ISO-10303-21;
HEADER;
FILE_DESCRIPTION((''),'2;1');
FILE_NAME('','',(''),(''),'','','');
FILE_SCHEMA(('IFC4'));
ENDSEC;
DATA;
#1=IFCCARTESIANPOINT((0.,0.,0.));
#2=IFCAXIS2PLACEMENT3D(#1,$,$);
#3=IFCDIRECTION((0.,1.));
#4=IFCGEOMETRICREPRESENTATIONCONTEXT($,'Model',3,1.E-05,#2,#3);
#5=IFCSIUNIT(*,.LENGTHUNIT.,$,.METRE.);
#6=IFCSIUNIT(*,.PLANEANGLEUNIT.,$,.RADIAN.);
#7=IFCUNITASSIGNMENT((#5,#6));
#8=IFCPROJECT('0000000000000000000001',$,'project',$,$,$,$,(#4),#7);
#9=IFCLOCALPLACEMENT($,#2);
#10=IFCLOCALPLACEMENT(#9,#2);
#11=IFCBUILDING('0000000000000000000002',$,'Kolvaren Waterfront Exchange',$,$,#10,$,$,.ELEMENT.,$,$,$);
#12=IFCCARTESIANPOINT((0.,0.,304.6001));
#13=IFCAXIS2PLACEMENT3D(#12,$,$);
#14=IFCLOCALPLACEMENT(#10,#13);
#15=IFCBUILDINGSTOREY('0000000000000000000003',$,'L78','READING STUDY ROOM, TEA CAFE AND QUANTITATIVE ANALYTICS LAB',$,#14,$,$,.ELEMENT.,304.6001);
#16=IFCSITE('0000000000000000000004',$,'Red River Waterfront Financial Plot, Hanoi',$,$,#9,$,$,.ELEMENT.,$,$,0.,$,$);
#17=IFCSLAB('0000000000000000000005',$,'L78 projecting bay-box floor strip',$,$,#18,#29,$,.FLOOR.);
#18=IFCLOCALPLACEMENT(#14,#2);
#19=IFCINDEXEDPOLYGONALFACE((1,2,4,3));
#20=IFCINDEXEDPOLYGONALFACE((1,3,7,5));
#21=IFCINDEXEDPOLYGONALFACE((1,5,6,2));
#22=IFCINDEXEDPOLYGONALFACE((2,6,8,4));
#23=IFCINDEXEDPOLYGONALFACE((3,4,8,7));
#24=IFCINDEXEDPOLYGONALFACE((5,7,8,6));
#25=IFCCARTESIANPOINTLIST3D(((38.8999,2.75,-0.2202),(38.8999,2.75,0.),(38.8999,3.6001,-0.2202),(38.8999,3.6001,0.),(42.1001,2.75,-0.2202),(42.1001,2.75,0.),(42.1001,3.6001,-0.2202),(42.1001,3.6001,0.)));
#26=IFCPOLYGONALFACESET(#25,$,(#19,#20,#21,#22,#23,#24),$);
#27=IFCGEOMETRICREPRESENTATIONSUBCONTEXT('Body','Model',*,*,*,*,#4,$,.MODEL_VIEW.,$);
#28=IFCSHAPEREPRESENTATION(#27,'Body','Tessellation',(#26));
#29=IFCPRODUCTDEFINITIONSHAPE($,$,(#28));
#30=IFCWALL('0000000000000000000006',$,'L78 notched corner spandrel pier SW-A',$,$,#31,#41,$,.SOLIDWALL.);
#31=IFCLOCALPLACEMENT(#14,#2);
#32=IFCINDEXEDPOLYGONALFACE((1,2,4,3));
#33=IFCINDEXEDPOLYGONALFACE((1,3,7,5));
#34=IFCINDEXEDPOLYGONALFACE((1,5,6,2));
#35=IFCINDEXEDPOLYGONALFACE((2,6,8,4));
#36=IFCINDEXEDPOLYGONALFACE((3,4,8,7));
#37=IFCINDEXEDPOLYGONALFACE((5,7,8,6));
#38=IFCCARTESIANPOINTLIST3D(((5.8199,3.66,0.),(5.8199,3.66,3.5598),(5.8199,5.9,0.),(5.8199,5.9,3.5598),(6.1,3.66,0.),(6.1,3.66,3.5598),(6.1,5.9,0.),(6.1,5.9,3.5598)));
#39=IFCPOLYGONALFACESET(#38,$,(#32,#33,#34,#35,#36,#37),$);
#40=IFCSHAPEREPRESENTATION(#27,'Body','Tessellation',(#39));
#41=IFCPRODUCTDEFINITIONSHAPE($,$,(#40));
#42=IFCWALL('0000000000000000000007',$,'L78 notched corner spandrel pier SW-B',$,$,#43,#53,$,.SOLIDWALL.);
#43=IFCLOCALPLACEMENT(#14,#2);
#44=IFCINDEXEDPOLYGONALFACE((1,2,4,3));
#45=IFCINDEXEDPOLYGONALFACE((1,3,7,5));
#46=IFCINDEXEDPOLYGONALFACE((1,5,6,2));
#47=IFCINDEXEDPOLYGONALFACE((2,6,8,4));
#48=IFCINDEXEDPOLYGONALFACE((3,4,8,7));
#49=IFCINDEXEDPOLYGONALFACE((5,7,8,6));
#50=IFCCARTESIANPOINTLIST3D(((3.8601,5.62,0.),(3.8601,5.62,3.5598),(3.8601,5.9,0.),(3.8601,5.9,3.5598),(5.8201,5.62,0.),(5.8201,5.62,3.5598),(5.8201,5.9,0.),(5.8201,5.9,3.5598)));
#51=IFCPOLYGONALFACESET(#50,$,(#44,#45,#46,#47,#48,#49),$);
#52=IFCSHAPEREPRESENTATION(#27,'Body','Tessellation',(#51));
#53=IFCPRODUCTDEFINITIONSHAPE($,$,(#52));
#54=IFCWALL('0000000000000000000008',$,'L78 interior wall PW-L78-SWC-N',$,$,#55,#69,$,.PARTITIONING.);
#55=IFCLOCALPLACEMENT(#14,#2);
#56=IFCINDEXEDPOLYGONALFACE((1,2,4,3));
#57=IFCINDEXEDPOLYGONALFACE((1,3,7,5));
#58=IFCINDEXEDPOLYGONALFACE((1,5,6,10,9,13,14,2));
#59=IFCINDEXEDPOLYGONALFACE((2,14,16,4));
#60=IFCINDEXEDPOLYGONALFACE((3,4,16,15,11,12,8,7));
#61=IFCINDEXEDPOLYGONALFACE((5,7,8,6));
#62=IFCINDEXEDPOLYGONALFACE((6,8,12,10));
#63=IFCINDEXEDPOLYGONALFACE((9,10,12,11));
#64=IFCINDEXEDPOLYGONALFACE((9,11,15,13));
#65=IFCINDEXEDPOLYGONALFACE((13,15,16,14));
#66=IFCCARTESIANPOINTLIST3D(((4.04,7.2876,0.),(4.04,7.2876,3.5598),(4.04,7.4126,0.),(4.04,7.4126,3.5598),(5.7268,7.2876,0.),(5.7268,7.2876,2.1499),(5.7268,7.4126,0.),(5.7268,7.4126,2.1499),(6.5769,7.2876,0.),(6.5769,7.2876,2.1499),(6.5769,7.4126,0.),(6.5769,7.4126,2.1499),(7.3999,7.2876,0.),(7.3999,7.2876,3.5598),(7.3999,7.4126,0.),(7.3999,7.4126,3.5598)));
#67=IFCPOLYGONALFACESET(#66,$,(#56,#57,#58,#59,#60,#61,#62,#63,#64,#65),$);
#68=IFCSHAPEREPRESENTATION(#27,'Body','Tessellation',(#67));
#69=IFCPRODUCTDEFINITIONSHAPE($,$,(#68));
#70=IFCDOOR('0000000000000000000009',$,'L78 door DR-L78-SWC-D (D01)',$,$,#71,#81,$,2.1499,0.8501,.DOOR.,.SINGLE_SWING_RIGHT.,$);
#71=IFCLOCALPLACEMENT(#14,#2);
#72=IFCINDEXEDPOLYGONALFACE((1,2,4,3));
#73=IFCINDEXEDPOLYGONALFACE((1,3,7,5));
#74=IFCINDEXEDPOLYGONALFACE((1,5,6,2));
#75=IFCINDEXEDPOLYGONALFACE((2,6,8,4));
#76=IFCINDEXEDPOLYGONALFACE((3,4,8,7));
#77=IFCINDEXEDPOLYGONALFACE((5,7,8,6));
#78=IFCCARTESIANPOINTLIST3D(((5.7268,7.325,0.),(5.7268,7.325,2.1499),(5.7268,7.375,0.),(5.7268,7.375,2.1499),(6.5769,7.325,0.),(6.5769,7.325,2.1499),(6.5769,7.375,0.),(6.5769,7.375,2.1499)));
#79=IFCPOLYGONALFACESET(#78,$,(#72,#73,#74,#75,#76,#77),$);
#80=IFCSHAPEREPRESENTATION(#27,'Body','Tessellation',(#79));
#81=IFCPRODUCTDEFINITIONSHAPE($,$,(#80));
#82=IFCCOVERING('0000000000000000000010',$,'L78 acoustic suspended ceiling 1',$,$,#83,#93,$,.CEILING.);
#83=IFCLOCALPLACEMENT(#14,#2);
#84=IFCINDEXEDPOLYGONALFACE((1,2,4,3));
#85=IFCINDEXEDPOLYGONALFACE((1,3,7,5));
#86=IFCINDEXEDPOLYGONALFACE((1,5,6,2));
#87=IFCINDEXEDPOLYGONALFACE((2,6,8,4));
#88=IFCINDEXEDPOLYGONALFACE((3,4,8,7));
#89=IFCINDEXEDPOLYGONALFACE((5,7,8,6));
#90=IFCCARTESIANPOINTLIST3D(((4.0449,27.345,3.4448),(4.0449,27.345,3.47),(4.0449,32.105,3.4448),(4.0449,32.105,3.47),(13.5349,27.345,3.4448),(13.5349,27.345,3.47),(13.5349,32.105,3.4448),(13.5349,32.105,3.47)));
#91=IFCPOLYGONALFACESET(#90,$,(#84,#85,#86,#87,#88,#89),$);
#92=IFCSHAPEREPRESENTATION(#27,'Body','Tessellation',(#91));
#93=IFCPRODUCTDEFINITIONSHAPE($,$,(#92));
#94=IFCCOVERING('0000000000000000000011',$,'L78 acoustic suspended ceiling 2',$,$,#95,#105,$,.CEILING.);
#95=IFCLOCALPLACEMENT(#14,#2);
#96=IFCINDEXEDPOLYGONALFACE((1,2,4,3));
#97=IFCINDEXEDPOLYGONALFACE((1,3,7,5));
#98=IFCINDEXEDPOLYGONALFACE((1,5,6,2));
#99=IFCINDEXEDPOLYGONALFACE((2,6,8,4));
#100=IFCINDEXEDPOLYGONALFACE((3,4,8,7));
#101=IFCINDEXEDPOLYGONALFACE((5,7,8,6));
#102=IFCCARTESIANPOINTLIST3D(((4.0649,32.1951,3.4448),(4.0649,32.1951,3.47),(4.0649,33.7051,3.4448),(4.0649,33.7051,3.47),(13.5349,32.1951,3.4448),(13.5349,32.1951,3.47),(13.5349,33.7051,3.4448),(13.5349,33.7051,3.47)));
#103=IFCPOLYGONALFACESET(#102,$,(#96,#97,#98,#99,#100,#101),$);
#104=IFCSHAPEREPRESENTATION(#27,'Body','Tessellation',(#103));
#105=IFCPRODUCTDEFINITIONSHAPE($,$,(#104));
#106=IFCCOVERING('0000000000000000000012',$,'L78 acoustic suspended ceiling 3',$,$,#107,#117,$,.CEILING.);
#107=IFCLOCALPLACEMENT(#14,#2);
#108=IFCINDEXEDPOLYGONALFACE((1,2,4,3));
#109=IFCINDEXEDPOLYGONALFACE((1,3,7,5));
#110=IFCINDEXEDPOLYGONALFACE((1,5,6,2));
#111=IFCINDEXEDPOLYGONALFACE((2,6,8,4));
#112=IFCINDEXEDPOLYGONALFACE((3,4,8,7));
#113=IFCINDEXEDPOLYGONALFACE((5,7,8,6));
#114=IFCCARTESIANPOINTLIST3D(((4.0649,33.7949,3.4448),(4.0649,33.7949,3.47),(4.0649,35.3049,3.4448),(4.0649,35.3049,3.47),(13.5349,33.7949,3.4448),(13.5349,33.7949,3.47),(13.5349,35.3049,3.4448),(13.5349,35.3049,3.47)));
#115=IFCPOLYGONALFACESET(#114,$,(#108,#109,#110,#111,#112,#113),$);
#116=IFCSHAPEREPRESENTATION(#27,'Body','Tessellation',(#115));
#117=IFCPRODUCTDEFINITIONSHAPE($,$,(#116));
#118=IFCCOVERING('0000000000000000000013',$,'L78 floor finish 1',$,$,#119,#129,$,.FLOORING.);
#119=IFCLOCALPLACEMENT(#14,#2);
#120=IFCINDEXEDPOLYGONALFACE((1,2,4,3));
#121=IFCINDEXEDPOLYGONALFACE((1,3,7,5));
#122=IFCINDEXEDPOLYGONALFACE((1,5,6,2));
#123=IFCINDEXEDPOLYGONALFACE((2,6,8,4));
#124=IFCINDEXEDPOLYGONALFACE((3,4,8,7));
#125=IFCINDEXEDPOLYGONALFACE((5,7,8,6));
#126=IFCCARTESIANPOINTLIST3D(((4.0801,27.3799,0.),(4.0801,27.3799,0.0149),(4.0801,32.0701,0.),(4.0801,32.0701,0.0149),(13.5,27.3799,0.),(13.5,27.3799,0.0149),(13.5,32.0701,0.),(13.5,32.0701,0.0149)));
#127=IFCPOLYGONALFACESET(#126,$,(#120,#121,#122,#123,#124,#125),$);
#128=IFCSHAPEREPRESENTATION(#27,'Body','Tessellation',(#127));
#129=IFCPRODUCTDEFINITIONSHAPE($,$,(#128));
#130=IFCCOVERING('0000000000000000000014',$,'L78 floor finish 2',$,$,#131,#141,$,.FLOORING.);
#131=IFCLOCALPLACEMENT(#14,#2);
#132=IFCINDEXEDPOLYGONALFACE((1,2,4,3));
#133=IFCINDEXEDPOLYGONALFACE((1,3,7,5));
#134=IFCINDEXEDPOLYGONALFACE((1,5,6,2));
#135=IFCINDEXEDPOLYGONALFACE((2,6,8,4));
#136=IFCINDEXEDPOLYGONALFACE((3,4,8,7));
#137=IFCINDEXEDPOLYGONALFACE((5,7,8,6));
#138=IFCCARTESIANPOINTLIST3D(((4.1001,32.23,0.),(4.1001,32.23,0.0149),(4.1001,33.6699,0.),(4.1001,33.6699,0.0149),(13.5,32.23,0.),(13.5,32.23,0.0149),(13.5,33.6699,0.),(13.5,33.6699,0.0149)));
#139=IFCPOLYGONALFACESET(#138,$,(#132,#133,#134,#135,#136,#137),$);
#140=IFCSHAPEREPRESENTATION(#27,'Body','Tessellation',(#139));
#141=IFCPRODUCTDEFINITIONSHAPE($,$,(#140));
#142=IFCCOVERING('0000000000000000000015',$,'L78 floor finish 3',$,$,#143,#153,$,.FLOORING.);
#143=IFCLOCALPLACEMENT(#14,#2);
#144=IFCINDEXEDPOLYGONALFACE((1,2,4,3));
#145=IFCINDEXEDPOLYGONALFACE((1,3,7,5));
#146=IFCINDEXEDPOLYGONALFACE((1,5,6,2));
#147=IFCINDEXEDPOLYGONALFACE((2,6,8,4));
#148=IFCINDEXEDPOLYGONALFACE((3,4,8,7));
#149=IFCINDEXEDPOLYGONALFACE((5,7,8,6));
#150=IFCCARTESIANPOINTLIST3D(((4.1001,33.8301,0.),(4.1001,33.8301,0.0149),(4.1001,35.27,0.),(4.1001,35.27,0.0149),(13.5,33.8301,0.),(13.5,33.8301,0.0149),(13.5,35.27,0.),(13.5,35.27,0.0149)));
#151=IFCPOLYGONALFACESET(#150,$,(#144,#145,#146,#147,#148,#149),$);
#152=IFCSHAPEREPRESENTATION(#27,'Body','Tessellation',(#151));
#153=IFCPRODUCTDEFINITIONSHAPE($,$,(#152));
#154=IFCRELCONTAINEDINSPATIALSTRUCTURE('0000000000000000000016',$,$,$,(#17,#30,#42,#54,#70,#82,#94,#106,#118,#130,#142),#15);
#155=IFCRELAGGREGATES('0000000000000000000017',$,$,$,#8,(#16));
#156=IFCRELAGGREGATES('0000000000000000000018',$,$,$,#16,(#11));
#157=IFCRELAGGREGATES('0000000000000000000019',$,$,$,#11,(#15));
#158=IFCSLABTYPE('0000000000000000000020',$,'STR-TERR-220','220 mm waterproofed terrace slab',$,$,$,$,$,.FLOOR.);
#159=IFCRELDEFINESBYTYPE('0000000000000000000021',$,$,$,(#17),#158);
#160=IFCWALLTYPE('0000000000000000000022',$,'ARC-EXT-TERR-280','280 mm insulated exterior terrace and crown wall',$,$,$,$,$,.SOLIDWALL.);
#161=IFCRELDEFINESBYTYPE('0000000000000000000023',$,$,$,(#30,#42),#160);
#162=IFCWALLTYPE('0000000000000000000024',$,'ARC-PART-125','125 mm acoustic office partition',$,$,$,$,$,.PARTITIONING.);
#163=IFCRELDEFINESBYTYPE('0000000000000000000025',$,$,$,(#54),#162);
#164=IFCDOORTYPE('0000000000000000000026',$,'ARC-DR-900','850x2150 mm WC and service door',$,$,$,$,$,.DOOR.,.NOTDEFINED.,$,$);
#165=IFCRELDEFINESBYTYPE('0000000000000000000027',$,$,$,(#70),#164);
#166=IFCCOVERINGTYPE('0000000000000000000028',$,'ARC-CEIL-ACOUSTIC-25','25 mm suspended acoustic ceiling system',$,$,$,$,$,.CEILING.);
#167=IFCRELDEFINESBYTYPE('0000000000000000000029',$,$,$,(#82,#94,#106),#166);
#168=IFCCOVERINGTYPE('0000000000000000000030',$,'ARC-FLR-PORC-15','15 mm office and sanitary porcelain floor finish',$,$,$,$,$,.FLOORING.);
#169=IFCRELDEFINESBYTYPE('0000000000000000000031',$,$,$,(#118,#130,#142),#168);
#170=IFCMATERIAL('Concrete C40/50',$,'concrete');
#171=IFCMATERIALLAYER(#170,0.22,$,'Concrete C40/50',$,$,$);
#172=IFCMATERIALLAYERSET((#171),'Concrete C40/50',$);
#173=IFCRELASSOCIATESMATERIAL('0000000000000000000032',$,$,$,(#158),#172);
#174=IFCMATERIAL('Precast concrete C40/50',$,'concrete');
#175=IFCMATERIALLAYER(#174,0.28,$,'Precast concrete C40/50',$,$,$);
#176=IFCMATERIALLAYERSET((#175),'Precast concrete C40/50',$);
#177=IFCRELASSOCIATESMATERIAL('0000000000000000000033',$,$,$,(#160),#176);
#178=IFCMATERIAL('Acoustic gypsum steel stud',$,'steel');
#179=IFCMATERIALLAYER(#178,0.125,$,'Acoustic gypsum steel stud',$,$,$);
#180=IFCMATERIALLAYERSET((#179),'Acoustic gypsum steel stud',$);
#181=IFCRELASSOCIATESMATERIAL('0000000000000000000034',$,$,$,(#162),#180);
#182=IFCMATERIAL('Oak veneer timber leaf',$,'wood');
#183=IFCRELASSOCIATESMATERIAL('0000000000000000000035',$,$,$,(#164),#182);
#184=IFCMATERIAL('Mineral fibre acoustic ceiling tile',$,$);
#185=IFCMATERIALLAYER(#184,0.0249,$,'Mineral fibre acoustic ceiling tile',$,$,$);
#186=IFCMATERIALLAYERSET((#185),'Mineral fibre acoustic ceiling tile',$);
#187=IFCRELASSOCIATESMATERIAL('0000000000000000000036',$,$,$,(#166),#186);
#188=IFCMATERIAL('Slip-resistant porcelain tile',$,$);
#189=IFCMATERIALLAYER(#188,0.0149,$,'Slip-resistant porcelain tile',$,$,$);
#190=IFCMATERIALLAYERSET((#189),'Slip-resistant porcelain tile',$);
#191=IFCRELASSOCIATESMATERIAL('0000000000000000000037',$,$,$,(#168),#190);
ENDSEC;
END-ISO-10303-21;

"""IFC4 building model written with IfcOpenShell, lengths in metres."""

from ifc_helpers import new_model, si_unit, direction, frame, frame_2d, origin, place, context, subcontext, project, spatial, polyline, rectangle, outline, extrude, material, layer, layer_set, type_object, element, fill, save


model = new_model("IFC4")

# Units and contexts
model_context = context("Model", 3, precision=1e-05, world=origin(), true_north=direction((0.0, 1.0)))
body_context = subcontext(model_context, "Body", "Model", "MODEL_VIEW")
ifc_project = project(units=[si_unit("LENGTHUNIT", "METRE"), si_unit("PLANEANGLEUNIT", "RADIAN")], contexts=[model_context])

# Site, building, storey
site_placement = place(None, origin())
site = spatial("IfcSite", under=ifc_project, at=site_placement, Name="Red River Waterfront Financial Plot, Hanoi", CompositionType="ELEMENT", RefElevation=0.0)
building_placement = place(site_placement, origin())
building = spatial("IfcBuilding", under=site, at=building_placement, Name="Kolvaren Waterfront Exchange", CompositionType="ELEMENT")
storey_placement = place(building_placement, frame((0.0, 0.0, 304.6001)))
storey = spatial("IfcBuildingStorey", under=building, at=storey_placement, Name="L78", Description="READING STUDY ROOM, TEA CAFE AND QUANTITATIVE ANALYTICS LAB", CompositionType="ELEMENT", Elevation=304.6001)

# Shared definitions
ifc_material_1 = material(Name="Concrete C40/50", Category="concrete")

# Slab
ifc_layer_1 = layer(ifc_material_1, 0.22, Name="Concrete C40/50")
ifc_layer_set_1 = layer_set([ifc_layer_1], Name="Concrete C40/50")
slab_type_1 = type_object("IfcSlabType", Name="STR-TERR-220", Description="220 mm waterproofed terrace slab", PredefinedType="FLOOR", material=ifc_layer_set_1)
slab_1_placement = place(storey_placement, frame((0.0, 0.0, -0.2202)))
element("IfcSlab", 1, at=slab_1_placement, inside=storey, type_object=slab_type_1, Name="L78 projecting bay-box floor strip", PredefinedType="FLOOR", context=body_context, shape_type="SweptSolid", body=[
    extrude(outline(polyline([(38.8999, 2.75), (42.1001, 2.75), (42.1001, 3.6001), (38.8999, 3.6001), (38.8999, 2.75)])), origin(), (0.0, 0.0, 1.0), 0.2202),
])

# Walls
ifc_material_2 = material(Name="Precast concrete C40/50", Category="concrete")
ifc_layer_2 = layer(ifc_material_2, 0.28, Name="Precast concrete C40/50")
ifc_layer_set_2 = layer_set([ifc_layer_2], Name="Precast concrete C40/50")
wall_type_1 = type_object("IfcWallType", Name="ARC-EXT-TERR-280", Description="280 mm insulated exterior terrace and crown wall", PredefinedType="SOLIDWALL", material=ifc_layer_set_2)
wall_1_placement = place(storey_placement, frame((5.96, 3.6599, 0.0), z_axis=(0.0, 0.0, 1.0), x_axis=(0.0, 1.0, 0.0)))
element("IfcWall", 2, at=wall_1_placement, inside=storey, type_object=wall_type_1, Name="L78 notched corner spandrel pier SW-A", PredefinedType="SOLIDWALL", context=body_context, shape_type="SweptSolid", body=[
    extrude(rectangle(XDim=2.24, YDim=0.28, at=frame_2d((1.1201, 0.0))), origin(), (0.0, 0.0, 1.0), 3.5598),
])
wall_2_placement = place(storey_placement, frame((3.8601, 5.76, 0.0), z_axis=(0.0, 0.0, 1.0), x_axis=(1.0, 0.0, 0.0)))
element("IfcWall", 3, at=wall_2_placement, inside=storey, type_object=wall_type_1, Name="L78 notched corner spandrel pier SW-B", PredefinedType="SOLIDWALL", context=body_context, shape_type="SweptSolid", body=[
    extrude(rectangle(XDim=1.96, YDim=0.28, at=frame_2d((0.98, 0.0))), origin(), (0.0, 0.0, 1.0), 3.5598),
])

# Wall, opening, door
ifc_material_3 = material(Name="Acoustic gypsum steel stud", Category="steel")
ifc_layer_3 = layer(ifc_material_3, 0.125, Name="Acoustic gypsum steel stud")
ifc_layer_set_3 = layer_set([ifc_layer_3], Name="Acoustic gypsum steel stud")
wall_type_2 = type_object("IfcWallType", Name="ARC-PART-125", Description="125 mm acoustic office partition", PredefinedType="PARTITIONING", material=ifc_layer_set_3)
wall_3_placement = place(storey_placement, frame((4.04, 7.3501, 0.0), z_axis=(0.0, 0.0, 1.0), x_axis=(1.0, 0.0, 0.0)))
wall_3 = element("IfcWall", 4, at=wall_3_placement, inside=storey, type_object=wall_type_2, Name="L78 interior wall PW-L78-SWC-N", PredefinedType="PARTITIONING", context=body_context, shape_type="SweptSolid", body=[
    extrude(rectangle(XDim=3.3599, YDim=0.125, at=frame_2d((1.6799, 0.0))), origin(), (0.0, 0.0, 1.0), 3.5598),
])
opening_placement = place(wall_3_placement, frame((1.6868, 0.0, 0.0)))
opening = element("IfcOpeningElement", 5, at=opening_placement, cuts=wall_3, PredefinedType="OPENING", context=body_context, shape_type="SweptSolid", body=[
    extrude(rectangle(XDim=0.8501, YDim=2.1499, at=frame_2d((0.425, 1.075))), frame((0.0, 0.0725, 0.0), z_axis=(0.0, -1.0, 0.0), x_axis=(1.0, 0.0, 0.0)), (0.0, 0.0, 1.0), 0.145),
])
ifc_material_4 = material(Name="Oak veneer timber leaf", Category="wood")
door_type = type_object("IfcDoorType", Name="ARC-DR-900", Description="850x2150 mm WC and service door", OperationType="NOTDEFINED", PredefinedType="DOOR", material=ifc_material_4)
door_placement = place(opening_placement, origin())
door = element("IfcDoor", 6, at=door_placement, inside=storey, type_object=door_type, Name="L78 door DR-L78-SWC-D (D01)", OperationType="SINGLE_SWING_RIGHT", OverallHeight=2.1499, OverallWidth=0.8501, PredefinedType="DOOR", context=body_context, shape_type="SweptSolid", body=[
    extrude(rectangle(XDim=0.8501, YDim=2.1499, at=frame_2d((0.425, 1.075))), frame((0.0, 0.0249, 0.0), z_axis=(0.0, -1.0, 0.0), x_axis=(1.0, 0.0, 0.0)), (0.0, 0.0, 1.0), 0.05),
])
fill(opening, door)

# Coverings
ifc_material_5 = material(Name="Mineral fibre acoustic ceiling tile")
ifc_layer_4 = layer(ifc_material_5, 0.0249, Name="Mineral fibre acoustic ceiling tile")
ifc_layer_set_4 = layer_set([ifc_layer_4], Name="Mineral fibre acoustic ceiling tile")
covering_type_1 = type_object("IfcCoveringType", Name="ARC-CEIL-ACOUSTIC-25", Description="25 mm suspended acoustic ceiling system", PredefinedType="CEILING", material=ifc_layer_set_4)
covering_1_placement = place(storey_placement, frame((0.0, 0.0, 3.4448)))
element("IfcCovering", 7, at=covering_1_placement, inside=storey, type_object=covering_type_1, Name="L78 acoustic suspended ceiling 1", PredefinedType="CEILING", context=body_context, shape_type="SweptSolid", body=[
    extrude(outline(polyline([(13.5349, 27.345), (13.5349, 32.105), (4.0449, 32.105), (4.0449, 27.345), (13.5349, 27.345)])), origin(), (0.0, 0.0, 1.0), 0.0251),
])
covering_2_placement = place(storey_placement, frame((0.0, 0.0, 3.4448)))
element("IfcCovering", 8, at=covering_2_placement, inside=storey, type_object=covering_type_1, Name="L78 acoustic suspended ceiling 2", PredefinedType="CEILING", context=body_context, shape_type="SweptSolid", body=[
    extrude(outline(polyline([(13.5349, 32.1951), (13.5349, 33.7051), (4.0649, 33.7051), (4.0649, 32.1951), (13.5349, 32.1951)])), origin(), (0.0, 0.0, 1.0), 0.0251),
])
covering_3_placement = place(storey_placement, frame((0.0, 0.0, 3.4448)))
element("IfcCovering", 9, at=covering_3_placement, inside=storey, type_object=covering_type_1, Name="L78 acoustic suspended ceiling 3", PredefinedType="CEILING", context=body_context, shape_type="SweptSolid", body=[
    extrude(outline(polyline([(13.5349, 33.7949), (13.5349, 35.3049), (4.0649, 35.3049), (4.0649, 33.7949), (13.5349, 33.7949)])), origin(), (0.0, 0.0, 1.0), 0.0251),
])
ifc_material_6 = material(Name="Slip-resistant porcelain tile")
ifc_layer_5 = layer(ifc_material_6, 0.0149, Name="Slip-resistant porcelain tile")
ifc_layer_set_5 = layer_set([ifc_layer_5], Name="Slip-resistant porcelain tile")
covering_type_2 = type_object("IfcCoveringType", Name="ARC-FLR-PORC-15", Description="15 mm office and sanitary porcelain floor finish", PredefinedType="FLOORING", material=ifc_layer_set_5)
covering_4_placement = place(storey_placement, origin())
element("IfcCovering", 10, at=covering_4_placement, inside=storey, type_object=covering_type_2, Name="L78 floor finish 1", PredefinedType="FLOORING", context=body_context, shape_type="SweptSolid", body=[
    extrude(outline(polyline([(4.0801, 32.0701), (4.0801, 27.3799), (13.5, 27.3799), (13.5, 32.0701), (4.0801, 32.0701)])), origin(), (0.0, 0.0, 1.0), 0.0149),
])
covering_5_placement = place(storey_placement, origin())
element("IfcCovering", 11, at=covering_5_placement, inside=storey, type_object=covering_type_2, Name="L78 floor finish 2", PredefinedType="FLOORING", context=body_context, shape_type="SweptSolid", body=[
    extrude(outline(polyline([(4.1001, 33.6699), (4.1001, 32.23), (13.5, 32.23), (13.5, 33.6699), (4.1001, 33.6699)])), origin(), (0.0, 0.0, 1.0), 0.0149),
])
covering_6_placement = place(storey_placement, origin())
element("IfcCovering", 12, at=covering_6_placement, inside=storey, type_object=covering_type_2, Name="L78 floor finish 3", PredefinedType="FLOORING", context=body_context, shape_type="SweptSolid", body=[
    extrude(outline(polyline([(4.1001, 35.27), (4.1001, 33.8301), (13.5, 33.8301), (13.5, 35.27), (4.1001, 35.27)])), origin(), (0.0, 0.0, 1.0), 0.0149),
])

save(model, "model.ifc")
